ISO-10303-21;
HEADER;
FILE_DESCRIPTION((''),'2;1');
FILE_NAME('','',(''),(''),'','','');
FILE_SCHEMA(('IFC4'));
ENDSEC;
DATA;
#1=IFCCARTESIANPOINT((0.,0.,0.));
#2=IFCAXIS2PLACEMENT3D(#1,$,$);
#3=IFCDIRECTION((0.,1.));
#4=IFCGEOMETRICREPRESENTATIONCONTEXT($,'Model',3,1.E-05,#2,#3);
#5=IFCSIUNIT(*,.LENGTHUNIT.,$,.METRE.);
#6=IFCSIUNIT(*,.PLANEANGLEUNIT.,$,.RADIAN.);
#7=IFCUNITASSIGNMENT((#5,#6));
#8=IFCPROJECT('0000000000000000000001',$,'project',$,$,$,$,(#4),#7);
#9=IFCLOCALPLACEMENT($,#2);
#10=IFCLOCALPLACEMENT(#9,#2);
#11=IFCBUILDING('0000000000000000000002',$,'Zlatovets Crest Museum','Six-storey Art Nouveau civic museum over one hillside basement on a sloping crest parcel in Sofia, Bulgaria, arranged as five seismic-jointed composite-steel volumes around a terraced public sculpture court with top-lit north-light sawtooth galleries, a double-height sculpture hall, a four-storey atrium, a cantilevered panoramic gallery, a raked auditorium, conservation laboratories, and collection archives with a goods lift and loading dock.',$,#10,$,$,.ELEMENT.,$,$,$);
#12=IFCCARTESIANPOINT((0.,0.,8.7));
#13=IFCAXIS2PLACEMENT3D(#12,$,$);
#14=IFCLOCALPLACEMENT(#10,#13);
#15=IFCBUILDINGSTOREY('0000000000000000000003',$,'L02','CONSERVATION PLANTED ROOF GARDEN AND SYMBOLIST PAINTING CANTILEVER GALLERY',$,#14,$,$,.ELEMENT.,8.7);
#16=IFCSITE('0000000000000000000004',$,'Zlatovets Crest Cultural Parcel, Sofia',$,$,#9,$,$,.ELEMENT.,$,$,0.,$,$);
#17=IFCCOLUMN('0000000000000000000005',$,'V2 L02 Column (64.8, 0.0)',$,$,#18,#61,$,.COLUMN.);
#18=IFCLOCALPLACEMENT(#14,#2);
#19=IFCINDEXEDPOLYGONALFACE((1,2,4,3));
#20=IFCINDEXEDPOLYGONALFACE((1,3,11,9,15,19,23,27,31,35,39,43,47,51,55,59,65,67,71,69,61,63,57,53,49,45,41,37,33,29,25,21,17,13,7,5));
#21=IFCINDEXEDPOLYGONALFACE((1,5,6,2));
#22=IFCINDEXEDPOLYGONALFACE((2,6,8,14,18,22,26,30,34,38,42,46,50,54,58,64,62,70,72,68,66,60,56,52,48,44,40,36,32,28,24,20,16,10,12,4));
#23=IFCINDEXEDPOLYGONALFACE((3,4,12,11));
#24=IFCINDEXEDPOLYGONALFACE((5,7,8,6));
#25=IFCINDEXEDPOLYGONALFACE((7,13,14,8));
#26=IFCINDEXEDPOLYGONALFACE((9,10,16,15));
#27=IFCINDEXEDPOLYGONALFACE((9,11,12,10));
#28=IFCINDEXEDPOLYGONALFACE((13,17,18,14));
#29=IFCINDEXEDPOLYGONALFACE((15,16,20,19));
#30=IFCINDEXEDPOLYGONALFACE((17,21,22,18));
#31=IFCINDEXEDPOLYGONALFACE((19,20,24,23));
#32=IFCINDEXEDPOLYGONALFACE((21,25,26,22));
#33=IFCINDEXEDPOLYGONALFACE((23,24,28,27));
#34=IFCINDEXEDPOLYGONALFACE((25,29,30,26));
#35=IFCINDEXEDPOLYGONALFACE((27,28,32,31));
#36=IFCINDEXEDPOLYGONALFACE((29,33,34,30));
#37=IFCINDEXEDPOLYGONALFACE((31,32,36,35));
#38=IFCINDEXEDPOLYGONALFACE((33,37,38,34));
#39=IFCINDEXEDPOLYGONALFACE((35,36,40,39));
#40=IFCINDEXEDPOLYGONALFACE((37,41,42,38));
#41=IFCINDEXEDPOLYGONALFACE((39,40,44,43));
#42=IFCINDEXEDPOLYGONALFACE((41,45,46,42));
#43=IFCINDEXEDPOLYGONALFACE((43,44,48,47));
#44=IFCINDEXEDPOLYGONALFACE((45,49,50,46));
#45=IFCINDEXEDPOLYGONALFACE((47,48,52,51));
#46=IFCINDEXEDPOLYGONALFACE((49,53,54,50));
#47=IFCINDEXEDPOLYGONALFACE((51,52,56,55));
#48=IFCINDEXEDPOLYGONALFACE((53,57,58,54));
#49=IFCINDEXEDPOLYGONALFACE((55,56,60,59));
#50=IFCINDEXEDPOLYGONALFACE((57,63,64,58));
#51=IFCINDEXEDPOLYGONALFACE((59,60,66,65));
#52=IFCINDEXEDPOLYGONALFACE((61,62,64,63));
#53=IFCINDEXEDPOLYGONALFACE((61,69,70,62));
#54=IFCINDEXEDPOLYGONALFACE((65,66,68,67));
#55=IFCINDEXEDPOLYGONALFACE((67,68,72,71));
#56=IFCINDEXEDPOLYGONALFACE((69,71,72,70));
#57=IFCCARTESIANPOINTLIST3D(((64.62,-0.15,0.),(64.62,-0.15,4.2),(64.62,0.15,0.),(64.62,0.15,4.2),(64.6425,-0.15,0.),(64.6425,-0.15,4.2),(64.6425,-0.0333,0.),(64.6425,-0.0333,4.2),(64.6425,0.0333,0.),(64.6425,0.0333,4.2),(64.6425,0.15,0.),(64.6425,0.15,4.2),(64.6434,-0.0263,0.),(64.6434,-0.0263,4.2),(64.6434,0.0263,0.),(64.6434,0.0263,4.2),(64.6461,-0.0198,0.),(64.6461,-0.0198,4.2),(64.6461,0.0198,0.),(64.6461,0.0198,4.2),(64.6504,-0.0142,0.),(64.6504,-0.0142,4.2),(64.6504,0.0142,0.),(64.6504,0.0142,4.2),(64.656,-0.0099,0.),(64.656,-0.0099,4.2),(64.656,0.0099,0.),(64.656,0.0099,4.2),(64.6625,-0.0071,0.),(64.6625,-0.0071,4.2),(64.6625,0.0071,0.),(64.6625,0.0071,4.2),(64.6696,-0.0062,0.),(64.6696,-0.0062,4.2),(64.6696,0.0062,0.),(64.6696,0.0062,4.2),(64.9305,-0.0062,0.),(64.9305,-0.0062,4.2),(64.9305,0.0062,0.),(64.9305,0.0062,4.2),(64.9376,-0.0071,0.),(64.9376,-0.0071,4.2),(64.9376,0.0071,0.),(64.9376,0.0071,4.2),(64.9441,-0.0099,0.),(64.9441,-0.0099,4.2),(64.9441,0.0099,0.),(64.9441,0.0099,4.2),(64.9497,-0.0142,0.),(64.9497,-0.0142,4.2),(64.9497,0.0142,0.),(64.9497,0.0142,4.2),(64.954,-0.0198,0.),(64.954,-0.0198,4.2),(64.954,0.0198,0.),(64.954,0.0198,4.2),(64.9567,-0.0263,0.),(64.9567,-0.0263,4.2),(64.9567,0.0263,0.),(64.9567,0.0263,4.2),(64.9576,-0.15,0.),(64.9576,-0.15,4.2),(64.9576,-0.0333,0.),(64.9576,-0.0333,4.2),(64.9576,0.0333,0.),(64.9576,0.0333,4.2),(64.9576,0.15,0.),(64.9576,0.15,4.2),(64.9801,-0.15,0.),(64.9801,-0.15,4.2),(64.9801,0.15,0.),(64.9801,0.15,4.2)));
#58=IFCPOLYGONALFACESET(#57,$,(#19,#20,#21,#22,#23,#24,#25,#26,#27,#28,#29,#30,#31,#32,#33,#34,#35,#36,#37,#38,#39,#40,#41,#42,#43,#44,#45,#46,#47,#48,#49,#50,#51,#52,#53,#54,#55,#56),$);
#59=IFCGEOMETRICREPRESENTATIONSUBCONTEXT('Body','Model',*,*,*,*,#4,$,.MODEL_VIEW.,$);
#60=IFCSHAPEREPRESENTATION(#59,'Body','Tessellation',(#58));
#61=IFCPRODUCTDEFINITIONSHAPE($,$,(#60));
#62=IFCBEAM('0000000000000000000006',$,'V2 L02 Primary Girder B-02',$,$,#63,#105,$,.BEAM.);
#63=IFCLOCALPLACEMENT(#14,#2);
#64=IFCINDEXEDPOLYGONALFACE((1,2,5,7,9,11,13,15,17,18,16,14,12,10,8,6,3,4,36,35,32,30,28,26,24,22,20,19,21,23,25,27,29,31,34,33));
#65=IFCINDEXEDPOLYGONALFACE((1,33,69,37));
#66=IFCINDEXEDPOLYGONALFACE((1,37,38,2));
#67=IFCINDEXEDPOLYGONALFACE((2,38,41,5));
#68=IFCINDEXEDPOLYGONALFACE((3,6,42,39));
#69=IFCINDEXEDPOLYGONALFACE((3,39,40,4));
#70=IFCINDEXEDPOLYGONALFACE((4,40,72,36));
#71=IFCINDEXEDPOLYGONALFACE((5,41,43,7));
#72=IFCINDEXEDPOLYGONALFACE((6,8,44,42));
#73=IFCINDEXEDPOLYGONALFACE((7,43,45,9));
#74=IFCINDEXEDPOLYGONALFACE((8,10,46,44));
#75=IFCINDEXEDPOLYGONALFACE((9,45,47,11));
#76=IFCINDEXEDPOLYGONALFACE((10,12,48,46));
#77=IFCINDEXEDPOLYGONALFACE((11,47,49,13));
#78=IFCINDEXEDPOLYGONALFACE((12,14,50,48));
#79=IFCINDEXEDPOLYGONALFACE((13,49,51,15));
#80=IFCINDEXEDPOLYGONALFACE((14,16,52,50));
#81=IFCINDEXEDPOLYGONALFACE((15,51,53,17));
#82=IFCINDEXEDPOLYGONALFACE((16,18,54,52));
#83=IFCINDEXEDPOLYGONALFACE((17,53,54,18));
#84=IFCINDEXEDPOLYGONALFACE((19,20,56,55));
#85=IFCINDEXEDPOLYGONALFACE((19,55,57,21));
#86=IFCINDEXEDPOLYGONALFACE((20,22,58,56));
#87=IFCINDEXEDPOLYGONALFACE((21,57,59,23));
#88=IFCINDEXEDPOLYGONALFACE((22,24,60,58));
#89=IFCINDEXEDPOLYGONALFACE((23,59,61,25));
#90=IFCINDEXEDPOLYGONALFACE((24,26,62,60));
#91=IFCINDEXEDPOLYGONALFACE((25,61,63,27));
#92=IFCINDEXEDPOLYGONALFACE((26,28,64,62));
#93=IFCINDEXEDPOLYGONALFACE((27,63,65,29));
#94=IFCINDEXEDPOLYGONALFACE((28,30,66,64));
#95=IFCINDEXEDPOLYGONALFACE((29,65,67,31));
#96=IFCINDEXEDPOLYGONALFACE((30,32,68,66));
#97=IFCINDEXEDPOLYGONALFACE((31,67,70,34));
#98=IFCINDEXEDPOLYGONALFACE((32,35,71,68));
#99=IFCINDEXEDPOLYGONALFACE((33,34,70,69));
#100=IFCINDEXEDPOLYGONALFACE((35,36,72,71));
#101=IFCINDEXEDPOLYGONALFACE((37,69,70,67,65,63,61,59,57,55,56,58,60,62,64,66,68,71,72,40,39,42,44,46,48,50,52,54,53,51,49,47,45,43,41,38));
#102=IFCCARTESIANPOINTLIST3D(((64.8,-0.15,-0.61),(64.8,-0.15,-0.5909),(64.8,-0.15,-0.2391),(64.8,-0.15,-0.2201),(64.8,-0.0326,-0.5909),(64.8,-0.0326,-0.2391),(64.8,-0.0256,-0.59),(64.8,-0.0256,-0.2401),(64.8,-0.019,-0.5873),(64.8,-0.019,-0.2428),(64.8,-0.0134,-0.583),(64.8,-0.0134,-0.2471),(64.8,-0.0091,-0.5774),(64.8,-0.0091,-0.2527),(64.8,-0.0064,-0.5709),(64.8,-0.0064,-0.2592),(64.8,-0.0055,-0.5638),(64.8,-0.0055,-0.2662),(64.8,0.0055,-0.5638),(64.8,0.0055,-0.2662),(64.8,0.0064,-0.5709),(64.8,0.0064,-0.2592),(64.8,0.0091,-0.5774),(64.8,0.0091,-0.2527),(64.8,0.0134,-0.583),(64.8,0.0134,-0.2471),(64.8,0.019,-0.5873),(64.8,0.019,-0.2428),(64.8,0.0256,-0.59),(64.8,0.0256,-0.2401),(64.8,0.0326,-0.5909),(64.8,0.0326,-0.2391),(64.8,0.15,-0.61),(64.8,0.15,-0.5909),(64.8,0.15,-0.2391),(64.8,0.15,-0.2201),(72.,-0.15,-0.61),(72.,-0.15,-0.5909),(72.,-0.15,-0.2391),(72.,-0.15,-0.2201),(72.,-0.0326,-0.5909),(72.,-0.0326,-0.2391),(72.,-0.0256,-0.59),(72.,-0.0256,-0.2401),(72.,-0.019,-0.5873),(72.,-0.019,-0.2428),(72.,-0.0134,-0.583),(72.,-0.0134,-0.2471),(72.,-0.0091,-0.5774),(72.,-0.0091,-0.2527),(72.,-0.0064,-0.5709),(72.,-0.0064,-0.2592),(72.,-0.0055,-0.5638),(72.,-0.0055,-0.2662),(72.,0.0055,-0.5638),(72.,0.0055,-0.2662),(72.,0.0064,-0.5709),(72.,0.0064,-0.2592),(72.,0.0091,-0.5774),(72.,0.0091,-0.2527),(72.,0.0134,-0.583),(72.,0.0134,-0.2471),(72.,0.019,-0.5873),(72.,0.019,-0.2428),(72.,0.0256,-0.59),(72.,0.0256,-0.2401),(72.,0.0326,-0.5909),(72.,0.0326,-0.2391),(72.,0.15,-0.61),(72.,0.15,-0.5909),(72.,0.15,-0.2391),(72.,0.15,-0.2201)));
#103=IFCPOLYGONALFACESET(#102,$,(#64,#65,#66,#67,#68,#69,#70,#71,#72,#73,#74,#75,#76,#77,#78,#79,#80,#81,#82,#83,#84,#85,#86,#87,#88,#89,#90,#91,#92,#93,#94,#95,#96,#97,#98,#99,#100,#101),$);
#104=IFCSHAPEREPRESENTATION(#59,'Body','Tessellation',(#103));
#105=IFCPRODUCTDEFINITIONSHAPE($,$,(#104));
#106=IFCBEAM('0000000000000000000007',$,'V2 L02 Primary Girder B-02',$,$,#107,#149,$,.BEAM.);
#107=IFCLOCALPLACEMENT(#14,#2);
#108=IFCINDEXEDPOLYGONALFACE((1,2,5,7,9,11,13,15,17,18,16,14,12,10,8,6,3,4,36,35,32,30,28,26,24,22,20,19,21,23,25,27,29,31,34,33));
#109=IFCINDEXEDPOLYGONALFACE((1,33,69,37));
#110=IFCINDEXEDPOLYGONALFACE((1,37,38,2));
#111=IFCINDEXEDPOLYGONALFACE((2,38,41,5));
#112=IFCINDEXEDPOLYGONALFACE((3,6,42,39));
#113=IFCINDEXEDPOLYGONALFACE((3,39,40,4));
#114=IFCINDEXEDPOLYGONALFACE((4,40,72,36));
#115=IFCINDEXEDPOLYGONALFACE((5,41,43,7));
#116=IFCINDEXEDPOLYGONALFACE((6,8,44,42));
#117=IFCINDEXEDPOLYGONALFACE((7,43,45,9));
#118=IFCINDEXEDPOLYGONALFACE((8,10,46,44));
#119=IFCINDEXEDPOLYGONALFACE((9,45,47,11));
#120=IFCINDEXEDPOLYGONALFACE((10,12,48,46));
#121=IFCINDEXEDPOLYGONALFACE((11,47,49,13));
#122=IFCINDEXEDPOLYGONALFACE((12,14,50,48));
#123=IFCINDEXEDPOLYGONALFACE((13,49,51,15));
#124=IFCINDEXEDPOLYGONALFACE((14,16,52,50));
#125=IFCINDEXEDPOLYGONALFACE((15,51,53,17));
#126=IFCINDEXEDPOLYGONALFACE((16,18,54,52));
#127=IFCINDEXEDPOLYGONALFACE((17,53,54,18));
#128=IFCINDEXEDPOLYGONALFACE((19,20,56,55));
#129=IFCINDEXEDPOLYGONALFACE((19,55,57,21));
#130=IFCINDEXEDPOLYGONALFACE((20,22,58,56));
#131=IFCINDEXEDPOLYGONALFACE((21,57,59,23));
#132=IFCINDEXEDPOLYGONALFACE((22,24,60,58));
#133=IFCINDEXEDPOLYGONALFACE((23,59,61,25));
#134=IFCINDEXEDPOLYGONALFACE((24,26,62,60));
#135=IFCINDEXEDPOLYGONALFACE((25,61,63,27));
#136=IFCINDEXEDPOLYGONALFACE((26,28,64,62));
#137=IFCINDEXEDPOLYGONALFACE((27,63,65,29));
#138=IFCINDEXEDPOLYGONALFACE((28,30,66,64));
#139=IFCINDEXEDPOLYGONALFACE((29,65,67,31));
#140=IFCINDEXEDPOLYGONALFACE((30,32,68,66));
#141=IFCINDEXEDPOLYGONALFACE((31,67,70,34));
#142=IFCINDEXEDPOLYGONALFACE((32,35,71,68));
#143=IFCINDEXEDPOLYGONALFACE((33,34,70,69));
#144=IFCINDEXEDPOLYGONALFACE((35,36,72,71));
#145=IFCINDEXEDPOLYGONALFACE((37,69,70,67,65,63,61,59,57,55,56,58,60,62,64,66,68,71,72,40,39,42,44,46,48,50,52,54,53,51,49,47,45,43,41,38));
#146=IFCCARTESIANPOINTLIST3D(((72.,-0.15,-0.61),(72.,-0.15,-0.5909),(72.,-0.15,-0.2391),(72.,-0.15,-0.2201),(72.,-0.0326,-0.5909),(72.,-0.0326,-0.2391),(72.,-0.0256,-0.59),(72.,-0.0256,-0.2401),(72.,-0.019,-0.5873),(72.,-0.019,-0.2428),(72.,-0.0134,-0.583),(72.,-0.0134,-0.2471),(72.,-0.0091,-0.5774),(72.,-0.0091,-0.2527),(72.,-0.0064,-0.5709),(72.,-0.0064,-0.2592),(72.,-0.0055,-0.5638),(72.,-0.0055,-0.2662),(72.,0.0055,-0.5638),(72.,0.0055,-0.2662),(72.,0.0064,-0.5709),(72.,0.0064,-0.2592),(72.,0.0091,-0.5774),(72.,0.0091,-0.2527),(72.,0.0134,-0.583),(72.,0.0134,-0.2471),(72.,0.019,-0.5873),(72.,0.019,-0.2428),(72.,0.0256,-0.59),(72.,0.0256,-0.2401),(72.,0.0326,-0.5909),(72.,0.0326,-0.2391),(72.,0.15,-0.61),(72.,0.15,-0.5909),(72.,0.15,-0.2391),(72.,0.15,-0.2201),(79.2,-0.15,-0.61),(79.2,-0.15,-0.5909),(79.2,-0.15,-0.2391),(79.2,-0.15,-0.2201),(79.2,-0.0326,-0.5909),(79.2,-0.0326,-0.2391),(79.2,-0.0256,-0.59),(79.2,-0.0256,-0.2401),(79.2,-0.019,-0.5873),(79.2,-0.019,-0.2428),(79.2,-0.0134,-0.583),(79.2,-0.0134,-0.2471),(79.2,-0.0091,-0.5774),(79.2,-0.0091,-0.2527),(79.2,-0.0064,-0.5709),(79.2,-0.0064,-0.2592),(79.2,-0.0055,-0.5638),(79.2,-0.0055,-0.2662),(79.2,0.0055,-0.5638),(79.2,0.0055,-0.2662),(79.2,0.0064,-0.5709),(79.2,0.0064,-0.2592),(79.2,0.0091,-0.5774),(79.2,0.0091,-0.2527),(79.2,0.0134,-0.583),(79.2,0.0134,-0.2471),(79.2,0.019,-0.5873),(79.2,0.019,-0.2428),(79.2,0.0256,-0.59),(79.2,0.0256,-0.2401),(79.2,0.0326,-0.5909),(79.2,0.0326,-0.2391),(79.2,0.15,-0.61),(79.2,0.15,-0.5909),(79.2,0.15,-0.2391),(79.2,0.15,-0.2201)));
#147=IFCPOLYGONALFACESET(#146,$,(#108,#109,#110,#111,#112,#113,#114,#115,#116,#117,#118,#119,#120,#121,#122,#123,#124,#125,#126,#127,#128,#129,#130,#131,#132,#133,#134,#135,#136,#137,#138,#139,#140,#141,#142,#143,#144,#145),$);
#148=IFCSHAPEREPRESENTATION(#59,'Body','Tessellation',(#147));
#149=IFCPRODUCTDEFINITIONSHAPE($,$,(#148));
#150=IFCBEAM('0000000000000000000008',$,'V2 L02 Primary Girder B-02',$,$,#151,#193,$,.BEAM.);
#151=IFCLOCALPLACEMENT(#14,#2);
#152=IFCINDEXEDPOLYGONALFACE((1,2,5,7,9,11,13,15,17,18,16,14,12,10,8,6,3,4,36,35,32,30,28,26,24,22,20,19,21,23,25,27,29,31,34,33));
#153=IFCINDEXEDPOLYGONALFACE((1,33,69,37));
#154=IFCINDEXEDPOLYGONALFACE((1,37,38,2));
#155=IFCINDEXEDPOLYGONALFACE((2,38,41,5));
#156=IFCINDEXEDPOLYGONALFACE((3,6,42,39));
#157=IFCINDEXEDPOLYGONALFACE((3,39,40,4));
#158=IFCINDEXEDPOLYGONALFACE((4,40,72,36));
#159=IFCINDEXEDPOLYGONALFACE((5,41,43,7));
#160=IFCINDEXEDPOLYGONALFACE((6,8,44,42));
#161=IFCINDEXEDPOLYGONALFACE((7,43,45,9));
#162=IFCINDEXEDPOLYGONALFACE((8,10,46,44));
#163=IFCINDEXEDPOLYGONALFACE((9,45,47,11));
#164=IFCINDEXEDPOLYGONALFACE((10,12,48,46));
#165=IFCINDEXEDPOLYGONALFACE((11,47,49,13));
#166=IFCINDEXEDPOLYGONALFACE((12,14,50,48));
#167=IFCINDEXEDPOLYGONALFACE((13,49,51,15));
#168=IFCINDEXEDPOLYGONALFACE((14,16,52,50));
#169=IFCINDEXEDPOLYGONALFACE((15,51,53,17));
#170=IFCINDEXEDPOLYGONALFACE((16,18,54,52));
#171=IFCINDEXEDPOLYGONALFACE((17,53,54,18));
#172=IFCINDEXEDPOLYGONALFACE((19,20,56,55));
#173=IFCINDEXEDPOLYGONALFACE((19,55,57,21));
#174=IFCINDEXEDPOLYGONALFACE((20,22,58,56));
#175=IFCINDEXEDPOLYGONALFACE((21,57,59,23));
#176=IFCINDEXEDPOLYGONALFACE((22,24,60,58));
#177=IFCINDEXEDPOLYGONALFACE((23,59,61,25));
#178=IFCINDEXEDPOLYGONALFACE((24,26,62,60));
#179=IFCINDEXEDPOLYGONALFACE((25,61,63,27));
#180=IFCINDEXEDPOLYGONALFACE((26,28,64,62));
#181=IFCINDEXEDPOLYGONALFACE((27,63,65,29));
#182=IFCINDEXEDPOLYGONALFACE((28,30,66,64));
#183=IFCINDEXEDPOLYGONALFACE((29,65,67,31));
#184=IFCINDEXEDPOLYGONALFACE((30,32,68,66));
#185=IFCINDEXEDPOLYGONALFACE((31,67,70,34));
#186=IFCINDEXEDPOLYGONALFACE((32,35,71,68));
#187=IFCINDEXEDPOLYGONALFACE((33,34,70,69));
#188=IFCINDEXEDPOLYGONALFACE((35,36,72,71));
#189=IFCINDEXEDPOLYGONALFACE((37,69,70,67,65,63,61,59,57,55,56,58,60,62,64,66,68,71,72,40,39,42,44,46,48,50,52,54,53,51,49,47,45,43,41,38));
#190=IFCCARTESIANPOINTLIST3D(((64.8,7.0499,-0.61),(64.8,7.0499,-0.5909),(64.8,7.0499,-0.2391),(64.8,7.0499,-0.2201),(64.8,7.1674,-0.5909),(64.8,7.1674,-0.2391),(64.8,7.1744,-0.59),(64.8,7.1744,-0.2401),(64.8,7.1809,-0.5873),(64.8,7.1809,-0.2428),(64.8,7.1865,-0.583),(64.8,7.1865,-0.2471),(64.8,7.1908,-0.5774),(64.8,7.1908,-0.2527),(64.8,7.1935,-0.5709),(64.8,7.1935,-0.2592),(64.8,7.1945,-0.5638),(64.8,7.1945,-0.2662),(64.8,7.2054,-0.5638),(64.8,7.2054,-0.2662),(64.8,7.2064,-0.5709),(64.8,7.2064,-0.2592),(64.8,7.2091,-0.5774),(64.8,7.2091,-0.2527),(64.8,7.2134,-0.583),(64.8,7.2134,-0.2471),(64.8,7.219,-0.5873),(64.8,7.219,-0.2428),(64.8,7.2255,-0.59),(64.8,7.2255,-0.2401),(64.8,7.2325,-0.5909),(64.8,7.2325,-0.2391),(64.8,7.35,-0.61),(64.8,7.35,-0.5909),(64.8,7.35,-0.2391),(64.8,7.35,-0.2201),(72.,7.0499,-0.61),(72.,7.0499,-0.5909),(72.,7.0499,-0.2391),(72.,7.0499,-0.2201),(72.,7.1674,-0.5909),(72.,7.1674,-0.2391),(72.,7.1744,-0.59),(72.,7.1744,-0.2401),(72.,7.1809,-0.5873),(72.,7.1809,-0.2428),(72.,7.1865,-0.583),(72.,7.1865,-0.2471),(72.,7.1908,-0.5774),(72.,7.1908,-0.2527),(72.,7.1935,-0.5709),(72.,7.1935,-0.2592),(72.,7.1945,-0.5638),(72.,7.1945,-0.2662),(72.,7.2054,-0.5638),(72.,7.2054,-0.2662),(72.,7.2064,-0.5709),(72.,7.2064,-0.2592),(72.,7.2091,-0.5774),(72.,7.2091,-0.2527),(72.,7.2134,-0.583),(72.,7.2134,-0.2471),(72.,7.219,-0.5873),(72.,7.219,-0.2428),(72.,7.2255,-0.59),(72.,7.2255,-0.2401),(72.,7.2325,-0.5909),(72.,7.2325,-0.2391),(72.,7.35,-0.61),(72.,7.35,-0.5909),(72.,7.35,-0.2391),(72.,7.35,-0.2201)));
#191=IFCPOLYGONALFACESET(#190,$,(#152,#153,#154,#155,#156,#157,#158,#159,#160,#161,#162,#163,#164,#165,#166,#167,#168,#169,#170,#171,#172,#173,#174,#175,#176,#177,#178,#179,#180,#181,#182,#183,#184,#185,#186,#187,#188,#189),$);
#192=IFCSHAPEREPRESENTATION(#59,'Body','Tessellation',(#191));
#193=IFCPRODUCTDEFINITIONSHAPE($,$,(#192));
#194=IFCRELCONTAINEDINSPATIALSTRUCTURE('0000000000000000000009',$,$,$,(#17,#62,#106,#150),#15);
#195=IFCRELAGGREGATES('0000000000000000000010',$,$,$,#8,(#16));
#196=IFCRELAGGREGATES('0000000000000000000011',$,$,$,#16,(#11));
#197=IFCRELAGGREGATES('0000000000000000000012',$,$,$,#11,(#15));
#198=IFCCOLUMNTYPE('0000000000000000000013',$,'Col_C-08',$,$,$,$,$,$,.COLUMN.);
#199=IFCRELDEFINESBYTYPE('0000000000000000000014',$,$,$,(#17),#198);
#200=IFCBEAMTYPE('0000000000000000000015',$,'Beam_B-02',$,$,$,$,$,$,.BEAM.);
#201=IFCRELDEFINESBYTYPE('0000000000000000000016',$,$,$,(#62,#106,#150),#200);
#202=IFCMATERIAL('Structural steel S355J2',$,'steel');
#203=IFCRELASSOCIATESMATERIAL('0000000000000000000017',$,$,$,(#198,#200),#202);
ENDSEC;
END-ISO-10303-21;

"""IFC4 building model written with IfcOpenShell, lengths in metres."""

from ifc_helpers import new_model, si_unit, direction, frame, origin, origin_2d, place, context, subcontext, project, spatial, i_section, extrude, material, material_profile, profile_set, type_object, element, save


model = new_model("IFC4")

# Units and contexts
model_context = context("Model", 3, precision=1e-05, world=origin(), true_north=direction((0.0, 1.0)))
body_context = subcontext(model_context, "Body", "Model", "MODEL_VIEW")
ifc_project = project(units=[si_unit("LENGTHUNIT", "METRE"), si_unit("PLANEANGLEUNIT", "RADIAN")], contexts=[model_context])

# Site, building, storey
site_placement = place(None, origin())
site = spatial("IfcSite", under=ifc_project, at=site_placement, Name="Zlatovets Crest Cultural Parcel, Sofia", CompositionType="ELEMENT", RefElevation=0.0)
building_placement = place(site_placement, origin())
building = spatial("IfcBuilding", under=site, at=building_placement, Name="Zlatovets Crest Museum", Description="Six-storey Art Nouveau civic museum over one hillside basement on a sloping crest parcel in Sofia, Bulgaria, arranged as five seismic-jointed composite-steel volumes around a terraced public sculpture court with top-lit north-light sawtooth galleries, a double-height sculpture hall, a four-storey atrium, a cantilevered panoramic gallery, a raked auditorium, conservation laboratories, and collection archives with a goods lift and loading dock.", CompositionType="ELEMENT")
storey_placement = place(building_placement, frame((0.0, 0.0, 8.7)))
storey = spatial("IfcBuildingStorey", under=building, at=storey_placement, Name="L02", Description="CONSERVATION PLANTED ROOF GARDEN AND SYMBOLIST PAINTING CANTILEVER GALLERY", CompositionType="ELEMENT", Elevation=8.7)

# Column
ifc_material_1 = material(Name="Structural steel S355J2", Category="steel")
ifc_material_profile_1 = material_profile(ifc_material_1, i_section(OverallWidth=0.3, OverallDepth=0.3601, WebThickness=0.0125, FlangeThickness=0.0225, FilletRadius=0.0271, at=origin_2d()), Name="HEB 360")
ifc_profile_set_1 = profile_set([ifc_material_profile_1], Name="Structural steel S355J2")
column_type = type_object("IfcColumnType", Name="Col_C-08", PredefinedType="COLUMN", material=ifc_profile_set_1)
column_placement = place(storey_placement, frame((64.8, 0.0, 0.0), z_axis=(0.0, 0.0, 1.0), x_axis=(0.0, 1.0, 0.0)))
element("IfcColumn", 1, at=column_placement, inside=storey, type_object=column_type, Name="V2 L02 Column (64.8, 0.0)", PredefinedType="COLUMN", context=body_context, shape_type="SweptSolid", body=[
    extrude(i_section(OverallWidth=0.3, OverallDepth=0.3601, WebThickness=0.0125, FlangeThickness=0.0225, FilletRadius=0.0271, at=origin_2d()), origin(), (0.0, 0.0, 1.0), 4.2),
])

# Beams
ifc_material_profile_2 = material_profile(ifc_material_1, i_section(OverallWidth=0.3, OverallDepth=0.3899, WebThickness=0.011, FlangeThickness=0.019, FilletRadius=0.0271, at=origin_2d()), Name="HEA 400")
ifc_profile_set_2 = profile_set([ifc_material_profile_2], Name="Structural steel S355J2")
beam_type_1 = type_object("IfcBeamType", Name="Beam_B-02", PredefinedType="BEAM", material=ifc_profile_set_2)
for number, where, z_axis, x_axis, name in (
    (2, (64.8, 0.0, -0.415), (1.0, 0.0, 0.0), (0.0, 1.0, 0.0), "V2 L02 Primary Girder B-02"),
    (3, (72.0, 0.0, -0.415), (1.0, 0.0, 0.0), (0.0, 1.0, 0.0), "V2 L02 Primary Girder B-02"),
    (4, (64.8, 7.2, -0.415), (1.0, 0.0, 0.0), (0.0, 1.0, 0.0), "V2 L02 Primary Girder B-02"),
):
    element("IfcBeam", number, at=place(storey_placement, frame(where, z_axis=z_axis, x_axis=x_axis)), inside=storey, type_object=beam_type_1, Name=name, PredefinedType="BEAM", context=body_context, shape_type="SweptSolid", body=[
        extrude(i_section(OverallWidth=0.3, OverallDepth=0.3899, WebThickness=0.011, FlangeThickness=0.019, FilletRadius=0.0271, at=origin_2d()), origin(), (0.0, 0.0, 1.0), 7.2),
    ])

save(model, "model.ifc")
